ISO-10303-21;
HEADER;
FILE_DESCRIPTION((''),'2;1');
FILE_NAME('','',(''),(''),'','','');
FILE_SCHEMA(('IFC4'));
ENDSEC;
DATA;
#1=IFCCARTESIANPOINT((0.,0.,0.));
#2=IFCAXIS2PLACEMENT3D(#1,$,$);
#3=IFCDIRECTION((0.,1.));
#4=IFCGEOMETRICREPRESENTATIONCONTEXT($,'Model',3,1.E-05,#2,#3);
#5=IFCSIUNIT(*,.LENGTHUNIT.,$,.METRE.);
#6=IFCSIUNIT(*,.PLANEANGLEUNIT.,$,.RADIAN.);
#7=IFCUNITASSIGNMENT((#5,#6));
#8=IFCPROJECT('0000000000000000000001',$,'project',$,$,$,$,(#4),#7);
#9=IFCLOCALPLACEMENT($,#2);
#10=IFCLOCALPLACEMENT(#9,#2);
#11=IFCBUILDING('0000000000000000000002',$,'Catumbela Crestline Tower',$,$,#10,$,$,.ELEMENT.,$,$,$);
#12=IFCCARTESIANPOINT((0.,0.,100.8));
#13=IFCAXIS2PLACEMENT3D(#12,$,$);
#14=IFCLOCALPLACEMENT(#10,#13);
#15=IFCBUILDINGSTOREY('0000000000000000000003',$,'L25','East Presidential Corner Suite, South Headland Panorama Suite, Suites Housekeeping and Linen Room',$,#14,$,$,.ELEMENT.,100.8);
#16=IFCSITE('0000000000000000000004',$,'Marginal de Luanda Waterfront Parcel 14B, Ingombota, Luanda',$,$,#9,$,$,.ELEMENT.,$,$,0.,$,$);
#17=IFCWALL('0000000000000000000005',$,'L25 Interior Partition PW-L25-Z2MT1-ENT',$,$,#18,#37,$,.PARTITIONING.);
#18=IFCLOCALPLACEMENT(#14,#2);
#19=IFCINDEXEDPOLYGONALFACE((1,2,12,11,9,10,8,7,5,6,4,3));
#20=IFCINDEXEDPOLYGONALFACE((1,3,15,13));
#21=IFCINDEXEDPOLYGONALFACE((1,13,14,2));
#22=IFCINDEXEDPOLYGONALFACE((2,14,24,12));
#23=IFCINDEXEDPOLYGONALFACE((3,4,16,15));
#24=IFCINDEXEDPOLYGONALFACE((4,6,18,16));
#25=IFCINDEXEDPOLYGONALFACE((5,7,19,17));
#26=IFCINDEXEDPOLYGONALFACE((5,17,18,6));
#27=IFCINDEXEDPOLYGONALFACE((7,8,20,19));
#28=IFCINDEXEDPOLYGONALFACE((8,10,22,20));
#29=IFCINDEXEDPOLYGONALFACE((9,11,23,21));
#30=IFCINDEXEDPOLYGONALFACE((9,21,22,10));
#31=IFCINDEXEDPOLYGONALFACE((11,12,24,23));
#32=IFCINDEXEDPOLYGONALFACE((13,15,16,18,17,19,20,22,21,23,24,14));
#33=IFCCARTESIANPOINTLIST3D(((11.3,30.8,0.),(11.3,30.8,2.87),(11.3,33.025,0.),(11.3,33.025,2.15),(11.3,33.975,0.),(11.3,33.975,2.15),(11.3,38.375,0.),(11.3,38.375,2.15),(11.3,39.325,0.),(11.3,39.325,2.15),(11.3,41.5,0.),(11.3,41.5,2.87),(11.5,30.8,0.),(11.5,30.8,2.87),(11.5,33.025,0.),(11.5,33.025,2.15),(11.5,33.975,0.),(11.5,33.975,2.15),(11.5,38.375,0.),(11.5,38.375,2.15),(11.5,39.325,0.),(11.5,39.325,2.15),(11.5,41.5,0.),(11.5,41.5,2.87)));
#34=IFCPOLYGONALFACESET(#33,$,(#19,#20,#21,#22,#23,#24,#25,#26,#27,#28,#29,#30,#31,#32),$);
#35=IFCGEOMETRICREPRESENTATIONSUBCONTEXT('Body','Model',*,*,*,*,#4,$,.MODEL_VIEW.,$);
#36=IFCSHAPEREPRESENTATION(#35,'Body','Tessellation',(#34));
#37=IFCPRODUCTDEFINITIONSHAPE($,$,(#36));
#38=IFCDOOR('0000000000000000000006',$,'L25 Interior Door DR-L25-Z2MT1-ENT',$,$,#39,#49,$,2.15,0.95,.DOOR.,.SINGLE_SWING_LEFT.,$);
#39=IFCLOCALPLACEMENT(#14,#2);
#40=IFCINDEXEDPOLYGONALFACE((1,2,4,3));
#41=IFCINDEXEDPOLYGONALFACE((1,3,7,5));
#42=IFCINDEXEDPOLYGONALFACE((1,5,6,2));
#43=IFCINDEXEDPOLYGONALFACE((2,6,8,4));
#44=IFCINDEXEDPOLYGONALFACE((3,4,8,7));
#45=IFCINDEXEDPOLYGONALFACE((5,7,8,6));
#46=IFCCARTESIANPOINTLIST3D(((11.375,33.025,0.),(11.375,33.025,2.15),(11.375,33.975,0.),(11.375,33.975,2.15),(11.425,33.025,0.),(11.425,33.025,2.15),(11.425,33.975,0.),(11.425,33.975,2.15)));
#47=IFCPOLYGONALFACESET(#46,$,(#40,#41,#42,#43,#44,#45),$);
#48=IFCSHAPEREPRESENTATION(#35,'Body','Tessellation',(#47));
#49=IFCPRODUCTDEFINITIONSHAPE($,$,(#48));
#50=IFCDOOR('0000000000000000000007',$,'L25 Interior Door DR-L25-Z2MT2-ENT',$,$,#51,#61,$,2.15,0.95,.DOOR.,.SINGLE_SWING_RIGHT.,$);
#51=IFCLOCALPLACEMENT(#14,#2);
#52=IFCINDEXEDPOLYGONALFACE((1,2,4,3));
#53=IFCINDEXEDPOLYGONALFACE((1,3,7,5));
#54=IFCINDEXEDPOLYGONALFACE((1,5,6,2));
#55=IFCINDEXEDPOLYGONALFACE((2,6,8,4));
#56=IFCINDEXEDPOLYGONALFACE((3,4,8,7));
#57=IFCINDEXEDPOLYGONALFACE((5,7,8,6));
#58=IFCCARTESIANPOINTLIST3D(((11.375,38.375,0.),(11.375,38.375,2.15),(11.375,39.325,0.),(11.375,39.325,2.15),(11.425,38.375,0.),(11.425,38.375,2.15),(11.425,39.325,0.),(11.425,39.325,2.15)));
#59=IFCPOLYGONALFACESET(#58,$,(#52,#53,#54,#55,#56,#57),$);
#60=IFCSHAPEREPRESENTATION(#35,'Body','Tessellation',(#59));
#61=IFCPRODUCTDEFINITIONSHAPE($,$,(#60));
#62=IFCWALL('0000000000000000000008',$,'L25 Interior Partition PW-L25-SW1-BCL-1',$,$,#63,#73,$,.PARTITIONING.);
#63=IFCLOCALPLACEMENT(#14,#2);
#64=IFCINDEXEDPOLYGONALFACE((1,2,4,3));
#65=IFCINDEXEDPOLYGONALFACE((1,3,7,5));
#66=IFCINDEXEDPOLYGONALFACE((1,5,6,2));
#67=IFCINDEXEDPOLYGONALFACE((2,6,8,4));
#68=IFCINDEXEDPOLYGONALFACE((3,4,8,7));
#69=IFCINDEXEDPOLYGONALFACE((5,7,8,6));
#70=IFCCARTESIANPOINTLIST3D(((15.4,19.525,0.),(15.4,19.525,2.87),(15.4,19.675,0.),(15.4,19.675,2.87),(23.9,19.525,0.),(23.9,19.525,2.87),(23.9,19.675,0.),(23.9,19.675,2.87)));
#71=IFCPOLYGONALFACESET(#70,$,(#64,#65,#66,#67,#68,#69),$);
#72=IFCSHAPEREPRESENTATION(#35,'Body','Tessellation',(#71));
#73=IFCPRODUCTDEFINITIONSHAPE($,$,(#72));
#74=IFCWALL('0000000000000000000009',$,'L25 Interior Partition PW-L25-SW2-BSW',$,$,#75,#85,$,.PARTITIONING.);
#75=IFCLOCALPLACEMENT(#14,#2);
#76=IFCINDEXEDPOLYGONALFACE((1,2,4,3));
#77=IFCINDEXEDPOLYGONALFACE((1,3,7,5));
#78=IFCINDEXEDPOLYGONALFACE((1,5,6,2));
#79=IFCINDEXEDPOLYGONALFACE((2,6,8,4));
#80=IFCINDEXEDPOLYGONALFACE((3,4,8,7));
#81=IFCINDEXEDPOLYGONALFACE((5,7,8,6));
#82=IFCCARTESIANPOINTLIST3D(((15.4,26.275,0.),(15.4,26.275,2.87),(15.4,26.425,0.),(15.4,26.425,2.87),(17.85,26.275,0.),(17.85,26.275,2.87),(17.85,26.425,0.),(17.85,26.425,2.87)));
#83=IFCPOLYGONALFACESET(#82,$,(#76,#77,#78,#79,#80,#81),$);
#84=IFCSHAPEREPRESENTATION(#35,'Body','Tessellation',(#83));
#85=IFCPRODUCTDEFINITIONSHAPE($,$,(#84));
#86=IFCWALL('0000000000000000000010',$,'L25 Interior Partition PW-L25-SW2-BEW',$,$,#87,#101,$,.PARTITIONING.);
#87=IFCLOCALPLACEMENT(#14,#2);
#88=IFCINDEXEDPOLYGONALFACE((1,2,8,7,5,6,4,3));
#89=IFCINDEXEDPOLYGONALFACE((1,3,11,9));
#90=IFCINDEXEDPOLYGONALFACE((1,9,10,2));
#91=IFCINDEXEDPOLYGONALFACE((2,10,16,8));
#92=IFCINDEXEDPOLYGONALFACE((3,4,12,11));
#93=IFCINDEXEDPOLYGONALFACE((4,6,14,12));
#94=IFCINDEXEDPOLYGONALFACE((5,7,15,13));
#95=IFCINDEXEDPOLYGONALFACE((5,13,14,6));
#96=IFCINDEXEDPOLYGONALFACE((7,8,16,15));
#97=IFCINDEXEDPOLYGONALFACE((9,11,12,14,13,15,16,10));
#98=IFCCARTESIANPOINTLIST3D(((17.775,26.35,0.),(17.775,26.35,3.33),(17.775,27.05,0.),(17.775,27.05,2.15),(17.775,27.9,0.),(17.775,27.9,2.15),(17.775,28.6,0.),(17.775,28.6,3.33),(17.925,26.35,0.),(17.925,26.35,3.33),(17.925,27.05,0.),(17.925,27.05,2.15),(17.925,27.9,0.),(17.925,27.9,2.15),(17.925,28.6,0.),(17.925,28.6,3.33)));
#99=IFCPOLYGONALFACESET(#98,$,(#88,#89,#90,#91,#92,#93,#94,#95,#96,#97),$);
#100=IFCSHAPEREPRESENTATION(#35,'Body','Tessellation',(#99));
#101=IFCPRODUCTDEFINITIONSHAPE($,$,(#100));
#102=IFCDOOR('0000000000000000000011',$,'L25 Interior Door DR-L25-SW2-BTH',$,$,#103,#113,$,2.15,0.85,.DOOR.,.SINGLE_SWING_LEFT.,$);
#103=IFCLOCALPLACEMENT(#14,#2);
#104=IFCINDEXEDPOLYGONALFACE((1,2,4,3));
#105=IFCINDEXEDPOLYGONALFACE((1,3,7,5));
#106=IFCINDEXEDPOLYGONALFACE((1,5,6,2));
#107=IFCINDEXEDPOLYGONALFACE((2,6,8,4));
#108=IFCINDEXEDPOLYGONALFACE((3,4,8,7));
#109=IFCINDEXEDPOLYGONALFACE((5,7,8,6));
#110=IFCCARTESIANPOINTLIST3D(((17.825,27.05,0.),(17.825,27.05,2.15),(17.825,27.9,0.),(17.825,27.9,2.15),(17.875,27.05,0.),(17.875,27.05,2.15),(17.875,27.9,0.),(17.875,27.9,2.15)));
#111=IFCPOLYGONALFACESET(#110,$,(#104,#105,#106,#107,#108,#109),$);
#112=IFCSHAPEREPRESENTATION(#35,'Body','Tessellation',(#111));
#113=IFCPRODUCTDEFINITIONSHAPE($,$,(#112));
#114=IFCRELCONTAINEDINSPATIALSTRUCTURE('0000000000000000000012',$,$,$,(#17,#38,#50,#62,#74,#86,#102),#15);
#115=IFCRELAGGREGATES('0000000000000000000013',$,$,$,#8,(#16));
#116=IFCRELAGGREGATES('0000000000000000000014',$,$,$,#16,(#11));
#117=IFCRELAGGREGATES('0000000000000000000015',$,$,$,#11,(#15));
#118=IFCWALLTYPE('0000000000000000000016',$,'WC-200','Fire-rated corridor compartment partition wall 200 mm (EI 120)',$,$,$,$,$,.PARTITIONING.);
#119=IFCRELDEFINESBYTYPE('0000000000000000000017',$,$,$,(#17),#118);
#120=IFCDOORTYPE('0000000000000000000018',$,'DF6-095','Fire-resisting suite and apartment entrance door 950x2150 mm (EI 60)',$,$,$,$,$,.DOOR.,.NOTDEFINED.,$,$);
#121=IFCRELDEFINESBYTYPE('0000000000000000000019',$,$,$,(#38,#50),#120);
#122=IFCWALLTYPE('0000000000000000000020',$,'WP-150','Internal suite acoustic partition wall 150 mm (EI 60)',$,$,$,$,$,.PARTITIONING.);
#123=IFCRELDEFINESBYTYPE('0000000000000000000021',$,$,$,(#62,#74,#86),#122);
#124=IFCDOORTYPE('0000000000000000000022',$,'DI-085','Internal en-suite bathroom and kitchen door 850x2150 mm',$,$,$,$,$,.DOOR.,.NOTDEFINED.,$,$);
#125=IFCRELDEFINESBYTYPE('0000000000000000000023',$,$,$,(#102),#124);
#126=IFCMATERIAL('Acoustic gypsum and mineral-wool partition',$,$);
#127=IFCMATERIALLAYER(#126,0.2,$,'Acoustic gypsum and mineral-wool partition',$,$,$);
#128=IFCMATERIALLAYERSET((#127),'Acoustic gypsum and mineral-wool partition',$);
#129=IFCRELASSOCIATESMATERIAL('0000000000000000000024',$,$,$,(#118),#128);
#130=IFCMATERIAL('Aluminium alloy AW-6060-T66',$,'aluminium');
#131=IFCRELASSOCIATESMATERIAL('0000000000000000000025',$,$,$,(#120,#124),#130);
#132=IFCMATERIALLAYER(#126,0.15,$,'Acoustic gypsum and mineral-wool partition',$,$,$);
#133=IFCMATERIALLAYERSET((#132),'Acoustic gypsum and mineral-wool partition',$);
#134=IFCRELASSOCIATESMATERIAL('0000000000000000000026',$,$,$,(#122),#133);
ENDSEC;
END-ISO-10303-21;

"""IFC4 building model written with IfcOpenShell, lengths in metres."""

from ifc_helpers import new_model, si_unit, direction, frame, frame_2d, origin, place, context, subcontext, project, spatial, rectangle, extrude, material, layer, layer_set, type_object, element, fill, save


model = new_model("IFC4")

# Units and contexts
model_context = context("Model", 3, precision=1e-05, world=origin(), true_north=direction((0.0, 1.0)))
body_context = subcontext(model_context, "Body", "Model", "MODEL_VIEW")
ifc_project = project(units=[si_unit("LENGTHUNIT", "METRE"), si_unit("PLANEANGLEUNIT", "RADIAN")], contexts=[model_context])

# Site, building, storey
site_placement = place(None, origin())
site = spatial("IfcSite", under=ifc_project, at=site_placement, Name="Marginal de Luanda Waterfront Parcel 14B, Ingombota, Luanda", CompositionType="ELEMENT", RefElevation=0.0)
building_placement = place(site_placement, origin())
building = spatial("IfcBuilding", under=site, at=building_placement, Name="Catumbela Crestline Tower", CompositionType="ELEMENT")
storey_placement = place(building_placement, frame((0.0, 0.0, 100.8)))
storey = spatial("IfcBuildingStorey", under=building, at=storey_placement, Name="L25", Description="East Presidential Corner Suite, South Headland Panorama Suite, Suites Housekeeping and Linen Room", CompositionType="ELEMENT", Elevation=100.8)

# Shared definitions
ifc_material_1 = material(Name="Acoustic gypsum and mineral-wool partition")
ifc_layer_1 = layer(ifc_material_1, 0.2, Name="Acoustic gypsum and mineral-wool partition")
ifc_layer_set_1 = layer_set([ifc_layer_1], Name="Acoustic gypsum and mineral-wool partition")
wall_type_1 = type_object("IfcWallType", Name="WC-200", Description="Fire-rated corridor compartment partition wall 200 mm (EI 120)", PredefinedType="PARTITIONING", material=ifc_layer_set_1)
ifc_material_2 = material(Name="Aluminium alloy AW-6060-T66", Category="aluminium")
door_type_1 = type_object("IfcDoorType", Name="DF6-095", Description="Fire-resisting suite and apartment entrance door 950x2150 mm (EI 60)", OperationType="NOTDEFINED", PredefinedType="DOOR", material=ifc_material_2)

# Wall, openings, doors
wall_1_placement = place(storey_placement, frame((11.4, 30.8, 0.0), z_axis=(0.0, 0.0, 1.0), x_axis=(0.0, 1.0, 0.0)))
wall_1 = element("IfcWall", 1, at=wall_1_placement, inside=storey, type_object=wall_type_1, Name="L25 Interior Partition PW-L25-Z2MT1-ENT", PredefinedType="PARTITIONING", context=body_context, shape_type="SweptSolid", body=[
    extrude(rectangle(XDim=10.7, YDim=0.2, at=frame_2d((5.35, 0.0))), origin(), (0.0, 0.0, 1.0), 2.87),
])
opening_1_placement = place(wall_1_placement, frame((2.225, 0.0, 0.0)))
opening_1 = element("IfcOpeningElement", 2, at=opening_1_placement, cuts=wall_1, PredefinedType="OPENING", context=body_context, shape_type="SweptSolid", body=[
    extrude(rectangle(XDim=0.95, YDim=2.15, at=frame_2d((0.475, 1.075))), frame((0.0, 0.11, 0.0), z_axis=(0.0, -1.0, 0.0), x_axis=(1.0, 0.0, 0.0)), (0.0, 0.0, 1.0), 0.22),
])
opening_2_placement = place(wall_1_placement, frame((7.575, 0.0, 0.0)))
opening_2 = element("IfcOpeningElement", 3, at=opening_2_placement, cuts=wall_1, PredefinedType="OPENING", context=body_context, shape_type="SweptSolid", body=[
    extrude(rectangle(XDim=0.95, YDim=2.15, at=frame_2d((0.475, 1.075))), frame((0.0, 0.11, 0.0), z_axis=(0.0, -1.0, 0.0), x_axis=(1.0, 0.0, 0.0)), (0.0, 0.0, 1.0), 0.22),
])
door_1_placement = place(opening_1_placement, origin())
door_1 = element("IfcDoor", 4, at=door_1_placement, inside=storey, type_object=door_type_1, Name="L25 Interior Door DR-L25-Z2MT1-ENT", OperationType="SINGLE_SWING_LEFT", OverallHeight=2.15, OverallWidth=0.95, PredefinedType="DOOR", context=body_context, shape_type="SweptSolid", body=[
    extrude(rectangle(XDim=0.95, YDim=2.15, at=frame_2d((0.475, 1.075))), frame((0.0, 0.025, 0.0), z_axis=(0.0, -1.0, 0.0), x_axis=(1.0, 0.0, 0.0)), (0.0, 0.0, 1.0), 0.05),
])
fill(opening_1, door_1)
door_2_placement = place(opening_2_placement, origin())
door_2 = element("IfcDoor", 5, at=door_2_placement, inside=storey, type_object=door_type_1, Name="L25 Interior Door DR-L25-Z2MT2-ENT", OperationType="SINGLE_SWING_RIGHT", OverallHeight=2.15, OverallWidth=0.95, PredefinedType="DOOR", context=body_context, shape_type="SweptSolid", body=[
    extrude(rectangle(XDim=0.95, YDim=2.15, at=frame_2d((0.475, 1.075))), frame((0.0, 0.025, 0.0), z_axis=(0.0, -1.0, 0.0), x_axis=(1.0, 0.0, 0.0)), (0.0, 0.0, 1.0), 0.05),
])
fill(opening_2, door_2)

# Walls
ifc_layer_2 = layer(ifc_material_1, 0.15, Name="Acoustic gypsum and mineral-wool partition")
ifc_layer_set_2 = layer_set([ifc_layer_2], Name="Acoustic gypsum and mineral-wool partition")
wall_type_2 = type_object("IfcWallType", Name="WP-150", Description="Internal suite acoustic partition wall 150 mm (EI 60)", PredefinedType="PARTITIONING", material=ifc_layer_set_2)
wall_2_placement = place(storey_placement, frame((15.4, 19.6, 0.0), z_axis=(0.0, 0.0, 1.0), x_axis=(1.0, 0.0, 0.0)))
element("IfcWall", 6, at=wall_2_placement, inside=storey, type_object=wall_type_2, Name="L25 Interior Partition PW-L25-SW1-BCL-1", PredefinedType="PARTITIONING", context=body_context, shape_type="SweptSolid", body=[
    extrude(rectangle(XDim=8.5, YDim=0.15, at=frame_2d((4.25, 0.0))), origin(), (0.0, 0.0, 1.0), 2.87),
])
wall_3_placement = place(storey_placement, frame((15.4, 26.35, 0.0), z_axis=(0.0, 0.0, 1.0), x_axis=(1.0, 0.0, 0.0)))
element("IfcWall", 7, at=wall_3_placement, inside=storey, type_object=wall_type_2, Name="L25 Interior Partition PW-L25-SW2-BSW", PredefinedType="PARTITIONING", context=body_context, shape_type="SweptSolid", body=[
    extrude(rectangle(XDim=2.45, YDim=0.15, at=frame_2d((1.225, 0.0))), origin(), (0.0, 0.0, 1.0), 2.87),
])

# Wall, opening, door
wall_4_placement = place(storey_placement, frame((17.85, 26.35, 0.0), z_axis=(0.0, 0.0, 1.0), x_axis=(0.0, 1.0, 0.0)))
wall_4 = element("IfcWall", 8, at=wall_4_placement, inside=storey, type_object=wall_type_2, Name="L25 Interior Partition PW-L25-SW2-BEW", PredefinedType="PARTITIONING", context=body_context, shape_type="SweptSolid", body=[
    extrude(rectangle(XDim=2.25, YDim=0.15, at=frame_2d((1.125, 0.0))), origin(), (0.0, 0.0, 1.0), 3.33),
])
opening_3_placement = place(wall_4_placement, frame((0.7, 0.0, 0.0)))
opening_3 = element("IfcOpeningElement", 9, at=opening_3_placement, cuts=wall_4, PredefinedType="OPENING", context=body_context, shape_type="SweptSolid", body=[
    extrude(rectangle(XDim=0.85, YDim=2.15, at=frame_2d((0.425, 1.075))), frame((0.0, 0.085, 0.0), z_axis=(0.0, -1.0, 0.0), x_axis=(1.0, 0.0, 0.0)), (0.0, 0.0, 1.0), 0.17),
])
door_type_2 = type_object("IfcDoorType", Name="DI-085", Description="Internal en-suite bathroom and kitchen door 850x2150 mm", OperationType="NOTDEFINED", PredefinedType="DOOR", material=ifc_material_2)
door_3_placement = place(opening_3_placement, origin())
door_3 = element("IfcDoor", 10, at=door_3_placement, inside=storey, type_object=door_type_2, Name="L25 Interior Door DR-L25-SW2-BTH", OperationType="SINGLE_SWING_LEFT", OverallHeight=2.15, OverallWidth=0.85, PredefinedType="DOOR", context=body_context, shape_type="SweptSolid", body=[
    extrude(rectangle(XDim=0.85, YDim=2.15, at=frame_2d((0.425, 1.075))), frame((0.0, 0.025, 0.0), z_axis=(0.0, -1.0, 0.0), x_axis=(1.0, 0.0, 0.0)), (0.0, 0.0, 1.0), 0.05),
])
fill(opening_3, door_3)

save(model, "model.ifc")
